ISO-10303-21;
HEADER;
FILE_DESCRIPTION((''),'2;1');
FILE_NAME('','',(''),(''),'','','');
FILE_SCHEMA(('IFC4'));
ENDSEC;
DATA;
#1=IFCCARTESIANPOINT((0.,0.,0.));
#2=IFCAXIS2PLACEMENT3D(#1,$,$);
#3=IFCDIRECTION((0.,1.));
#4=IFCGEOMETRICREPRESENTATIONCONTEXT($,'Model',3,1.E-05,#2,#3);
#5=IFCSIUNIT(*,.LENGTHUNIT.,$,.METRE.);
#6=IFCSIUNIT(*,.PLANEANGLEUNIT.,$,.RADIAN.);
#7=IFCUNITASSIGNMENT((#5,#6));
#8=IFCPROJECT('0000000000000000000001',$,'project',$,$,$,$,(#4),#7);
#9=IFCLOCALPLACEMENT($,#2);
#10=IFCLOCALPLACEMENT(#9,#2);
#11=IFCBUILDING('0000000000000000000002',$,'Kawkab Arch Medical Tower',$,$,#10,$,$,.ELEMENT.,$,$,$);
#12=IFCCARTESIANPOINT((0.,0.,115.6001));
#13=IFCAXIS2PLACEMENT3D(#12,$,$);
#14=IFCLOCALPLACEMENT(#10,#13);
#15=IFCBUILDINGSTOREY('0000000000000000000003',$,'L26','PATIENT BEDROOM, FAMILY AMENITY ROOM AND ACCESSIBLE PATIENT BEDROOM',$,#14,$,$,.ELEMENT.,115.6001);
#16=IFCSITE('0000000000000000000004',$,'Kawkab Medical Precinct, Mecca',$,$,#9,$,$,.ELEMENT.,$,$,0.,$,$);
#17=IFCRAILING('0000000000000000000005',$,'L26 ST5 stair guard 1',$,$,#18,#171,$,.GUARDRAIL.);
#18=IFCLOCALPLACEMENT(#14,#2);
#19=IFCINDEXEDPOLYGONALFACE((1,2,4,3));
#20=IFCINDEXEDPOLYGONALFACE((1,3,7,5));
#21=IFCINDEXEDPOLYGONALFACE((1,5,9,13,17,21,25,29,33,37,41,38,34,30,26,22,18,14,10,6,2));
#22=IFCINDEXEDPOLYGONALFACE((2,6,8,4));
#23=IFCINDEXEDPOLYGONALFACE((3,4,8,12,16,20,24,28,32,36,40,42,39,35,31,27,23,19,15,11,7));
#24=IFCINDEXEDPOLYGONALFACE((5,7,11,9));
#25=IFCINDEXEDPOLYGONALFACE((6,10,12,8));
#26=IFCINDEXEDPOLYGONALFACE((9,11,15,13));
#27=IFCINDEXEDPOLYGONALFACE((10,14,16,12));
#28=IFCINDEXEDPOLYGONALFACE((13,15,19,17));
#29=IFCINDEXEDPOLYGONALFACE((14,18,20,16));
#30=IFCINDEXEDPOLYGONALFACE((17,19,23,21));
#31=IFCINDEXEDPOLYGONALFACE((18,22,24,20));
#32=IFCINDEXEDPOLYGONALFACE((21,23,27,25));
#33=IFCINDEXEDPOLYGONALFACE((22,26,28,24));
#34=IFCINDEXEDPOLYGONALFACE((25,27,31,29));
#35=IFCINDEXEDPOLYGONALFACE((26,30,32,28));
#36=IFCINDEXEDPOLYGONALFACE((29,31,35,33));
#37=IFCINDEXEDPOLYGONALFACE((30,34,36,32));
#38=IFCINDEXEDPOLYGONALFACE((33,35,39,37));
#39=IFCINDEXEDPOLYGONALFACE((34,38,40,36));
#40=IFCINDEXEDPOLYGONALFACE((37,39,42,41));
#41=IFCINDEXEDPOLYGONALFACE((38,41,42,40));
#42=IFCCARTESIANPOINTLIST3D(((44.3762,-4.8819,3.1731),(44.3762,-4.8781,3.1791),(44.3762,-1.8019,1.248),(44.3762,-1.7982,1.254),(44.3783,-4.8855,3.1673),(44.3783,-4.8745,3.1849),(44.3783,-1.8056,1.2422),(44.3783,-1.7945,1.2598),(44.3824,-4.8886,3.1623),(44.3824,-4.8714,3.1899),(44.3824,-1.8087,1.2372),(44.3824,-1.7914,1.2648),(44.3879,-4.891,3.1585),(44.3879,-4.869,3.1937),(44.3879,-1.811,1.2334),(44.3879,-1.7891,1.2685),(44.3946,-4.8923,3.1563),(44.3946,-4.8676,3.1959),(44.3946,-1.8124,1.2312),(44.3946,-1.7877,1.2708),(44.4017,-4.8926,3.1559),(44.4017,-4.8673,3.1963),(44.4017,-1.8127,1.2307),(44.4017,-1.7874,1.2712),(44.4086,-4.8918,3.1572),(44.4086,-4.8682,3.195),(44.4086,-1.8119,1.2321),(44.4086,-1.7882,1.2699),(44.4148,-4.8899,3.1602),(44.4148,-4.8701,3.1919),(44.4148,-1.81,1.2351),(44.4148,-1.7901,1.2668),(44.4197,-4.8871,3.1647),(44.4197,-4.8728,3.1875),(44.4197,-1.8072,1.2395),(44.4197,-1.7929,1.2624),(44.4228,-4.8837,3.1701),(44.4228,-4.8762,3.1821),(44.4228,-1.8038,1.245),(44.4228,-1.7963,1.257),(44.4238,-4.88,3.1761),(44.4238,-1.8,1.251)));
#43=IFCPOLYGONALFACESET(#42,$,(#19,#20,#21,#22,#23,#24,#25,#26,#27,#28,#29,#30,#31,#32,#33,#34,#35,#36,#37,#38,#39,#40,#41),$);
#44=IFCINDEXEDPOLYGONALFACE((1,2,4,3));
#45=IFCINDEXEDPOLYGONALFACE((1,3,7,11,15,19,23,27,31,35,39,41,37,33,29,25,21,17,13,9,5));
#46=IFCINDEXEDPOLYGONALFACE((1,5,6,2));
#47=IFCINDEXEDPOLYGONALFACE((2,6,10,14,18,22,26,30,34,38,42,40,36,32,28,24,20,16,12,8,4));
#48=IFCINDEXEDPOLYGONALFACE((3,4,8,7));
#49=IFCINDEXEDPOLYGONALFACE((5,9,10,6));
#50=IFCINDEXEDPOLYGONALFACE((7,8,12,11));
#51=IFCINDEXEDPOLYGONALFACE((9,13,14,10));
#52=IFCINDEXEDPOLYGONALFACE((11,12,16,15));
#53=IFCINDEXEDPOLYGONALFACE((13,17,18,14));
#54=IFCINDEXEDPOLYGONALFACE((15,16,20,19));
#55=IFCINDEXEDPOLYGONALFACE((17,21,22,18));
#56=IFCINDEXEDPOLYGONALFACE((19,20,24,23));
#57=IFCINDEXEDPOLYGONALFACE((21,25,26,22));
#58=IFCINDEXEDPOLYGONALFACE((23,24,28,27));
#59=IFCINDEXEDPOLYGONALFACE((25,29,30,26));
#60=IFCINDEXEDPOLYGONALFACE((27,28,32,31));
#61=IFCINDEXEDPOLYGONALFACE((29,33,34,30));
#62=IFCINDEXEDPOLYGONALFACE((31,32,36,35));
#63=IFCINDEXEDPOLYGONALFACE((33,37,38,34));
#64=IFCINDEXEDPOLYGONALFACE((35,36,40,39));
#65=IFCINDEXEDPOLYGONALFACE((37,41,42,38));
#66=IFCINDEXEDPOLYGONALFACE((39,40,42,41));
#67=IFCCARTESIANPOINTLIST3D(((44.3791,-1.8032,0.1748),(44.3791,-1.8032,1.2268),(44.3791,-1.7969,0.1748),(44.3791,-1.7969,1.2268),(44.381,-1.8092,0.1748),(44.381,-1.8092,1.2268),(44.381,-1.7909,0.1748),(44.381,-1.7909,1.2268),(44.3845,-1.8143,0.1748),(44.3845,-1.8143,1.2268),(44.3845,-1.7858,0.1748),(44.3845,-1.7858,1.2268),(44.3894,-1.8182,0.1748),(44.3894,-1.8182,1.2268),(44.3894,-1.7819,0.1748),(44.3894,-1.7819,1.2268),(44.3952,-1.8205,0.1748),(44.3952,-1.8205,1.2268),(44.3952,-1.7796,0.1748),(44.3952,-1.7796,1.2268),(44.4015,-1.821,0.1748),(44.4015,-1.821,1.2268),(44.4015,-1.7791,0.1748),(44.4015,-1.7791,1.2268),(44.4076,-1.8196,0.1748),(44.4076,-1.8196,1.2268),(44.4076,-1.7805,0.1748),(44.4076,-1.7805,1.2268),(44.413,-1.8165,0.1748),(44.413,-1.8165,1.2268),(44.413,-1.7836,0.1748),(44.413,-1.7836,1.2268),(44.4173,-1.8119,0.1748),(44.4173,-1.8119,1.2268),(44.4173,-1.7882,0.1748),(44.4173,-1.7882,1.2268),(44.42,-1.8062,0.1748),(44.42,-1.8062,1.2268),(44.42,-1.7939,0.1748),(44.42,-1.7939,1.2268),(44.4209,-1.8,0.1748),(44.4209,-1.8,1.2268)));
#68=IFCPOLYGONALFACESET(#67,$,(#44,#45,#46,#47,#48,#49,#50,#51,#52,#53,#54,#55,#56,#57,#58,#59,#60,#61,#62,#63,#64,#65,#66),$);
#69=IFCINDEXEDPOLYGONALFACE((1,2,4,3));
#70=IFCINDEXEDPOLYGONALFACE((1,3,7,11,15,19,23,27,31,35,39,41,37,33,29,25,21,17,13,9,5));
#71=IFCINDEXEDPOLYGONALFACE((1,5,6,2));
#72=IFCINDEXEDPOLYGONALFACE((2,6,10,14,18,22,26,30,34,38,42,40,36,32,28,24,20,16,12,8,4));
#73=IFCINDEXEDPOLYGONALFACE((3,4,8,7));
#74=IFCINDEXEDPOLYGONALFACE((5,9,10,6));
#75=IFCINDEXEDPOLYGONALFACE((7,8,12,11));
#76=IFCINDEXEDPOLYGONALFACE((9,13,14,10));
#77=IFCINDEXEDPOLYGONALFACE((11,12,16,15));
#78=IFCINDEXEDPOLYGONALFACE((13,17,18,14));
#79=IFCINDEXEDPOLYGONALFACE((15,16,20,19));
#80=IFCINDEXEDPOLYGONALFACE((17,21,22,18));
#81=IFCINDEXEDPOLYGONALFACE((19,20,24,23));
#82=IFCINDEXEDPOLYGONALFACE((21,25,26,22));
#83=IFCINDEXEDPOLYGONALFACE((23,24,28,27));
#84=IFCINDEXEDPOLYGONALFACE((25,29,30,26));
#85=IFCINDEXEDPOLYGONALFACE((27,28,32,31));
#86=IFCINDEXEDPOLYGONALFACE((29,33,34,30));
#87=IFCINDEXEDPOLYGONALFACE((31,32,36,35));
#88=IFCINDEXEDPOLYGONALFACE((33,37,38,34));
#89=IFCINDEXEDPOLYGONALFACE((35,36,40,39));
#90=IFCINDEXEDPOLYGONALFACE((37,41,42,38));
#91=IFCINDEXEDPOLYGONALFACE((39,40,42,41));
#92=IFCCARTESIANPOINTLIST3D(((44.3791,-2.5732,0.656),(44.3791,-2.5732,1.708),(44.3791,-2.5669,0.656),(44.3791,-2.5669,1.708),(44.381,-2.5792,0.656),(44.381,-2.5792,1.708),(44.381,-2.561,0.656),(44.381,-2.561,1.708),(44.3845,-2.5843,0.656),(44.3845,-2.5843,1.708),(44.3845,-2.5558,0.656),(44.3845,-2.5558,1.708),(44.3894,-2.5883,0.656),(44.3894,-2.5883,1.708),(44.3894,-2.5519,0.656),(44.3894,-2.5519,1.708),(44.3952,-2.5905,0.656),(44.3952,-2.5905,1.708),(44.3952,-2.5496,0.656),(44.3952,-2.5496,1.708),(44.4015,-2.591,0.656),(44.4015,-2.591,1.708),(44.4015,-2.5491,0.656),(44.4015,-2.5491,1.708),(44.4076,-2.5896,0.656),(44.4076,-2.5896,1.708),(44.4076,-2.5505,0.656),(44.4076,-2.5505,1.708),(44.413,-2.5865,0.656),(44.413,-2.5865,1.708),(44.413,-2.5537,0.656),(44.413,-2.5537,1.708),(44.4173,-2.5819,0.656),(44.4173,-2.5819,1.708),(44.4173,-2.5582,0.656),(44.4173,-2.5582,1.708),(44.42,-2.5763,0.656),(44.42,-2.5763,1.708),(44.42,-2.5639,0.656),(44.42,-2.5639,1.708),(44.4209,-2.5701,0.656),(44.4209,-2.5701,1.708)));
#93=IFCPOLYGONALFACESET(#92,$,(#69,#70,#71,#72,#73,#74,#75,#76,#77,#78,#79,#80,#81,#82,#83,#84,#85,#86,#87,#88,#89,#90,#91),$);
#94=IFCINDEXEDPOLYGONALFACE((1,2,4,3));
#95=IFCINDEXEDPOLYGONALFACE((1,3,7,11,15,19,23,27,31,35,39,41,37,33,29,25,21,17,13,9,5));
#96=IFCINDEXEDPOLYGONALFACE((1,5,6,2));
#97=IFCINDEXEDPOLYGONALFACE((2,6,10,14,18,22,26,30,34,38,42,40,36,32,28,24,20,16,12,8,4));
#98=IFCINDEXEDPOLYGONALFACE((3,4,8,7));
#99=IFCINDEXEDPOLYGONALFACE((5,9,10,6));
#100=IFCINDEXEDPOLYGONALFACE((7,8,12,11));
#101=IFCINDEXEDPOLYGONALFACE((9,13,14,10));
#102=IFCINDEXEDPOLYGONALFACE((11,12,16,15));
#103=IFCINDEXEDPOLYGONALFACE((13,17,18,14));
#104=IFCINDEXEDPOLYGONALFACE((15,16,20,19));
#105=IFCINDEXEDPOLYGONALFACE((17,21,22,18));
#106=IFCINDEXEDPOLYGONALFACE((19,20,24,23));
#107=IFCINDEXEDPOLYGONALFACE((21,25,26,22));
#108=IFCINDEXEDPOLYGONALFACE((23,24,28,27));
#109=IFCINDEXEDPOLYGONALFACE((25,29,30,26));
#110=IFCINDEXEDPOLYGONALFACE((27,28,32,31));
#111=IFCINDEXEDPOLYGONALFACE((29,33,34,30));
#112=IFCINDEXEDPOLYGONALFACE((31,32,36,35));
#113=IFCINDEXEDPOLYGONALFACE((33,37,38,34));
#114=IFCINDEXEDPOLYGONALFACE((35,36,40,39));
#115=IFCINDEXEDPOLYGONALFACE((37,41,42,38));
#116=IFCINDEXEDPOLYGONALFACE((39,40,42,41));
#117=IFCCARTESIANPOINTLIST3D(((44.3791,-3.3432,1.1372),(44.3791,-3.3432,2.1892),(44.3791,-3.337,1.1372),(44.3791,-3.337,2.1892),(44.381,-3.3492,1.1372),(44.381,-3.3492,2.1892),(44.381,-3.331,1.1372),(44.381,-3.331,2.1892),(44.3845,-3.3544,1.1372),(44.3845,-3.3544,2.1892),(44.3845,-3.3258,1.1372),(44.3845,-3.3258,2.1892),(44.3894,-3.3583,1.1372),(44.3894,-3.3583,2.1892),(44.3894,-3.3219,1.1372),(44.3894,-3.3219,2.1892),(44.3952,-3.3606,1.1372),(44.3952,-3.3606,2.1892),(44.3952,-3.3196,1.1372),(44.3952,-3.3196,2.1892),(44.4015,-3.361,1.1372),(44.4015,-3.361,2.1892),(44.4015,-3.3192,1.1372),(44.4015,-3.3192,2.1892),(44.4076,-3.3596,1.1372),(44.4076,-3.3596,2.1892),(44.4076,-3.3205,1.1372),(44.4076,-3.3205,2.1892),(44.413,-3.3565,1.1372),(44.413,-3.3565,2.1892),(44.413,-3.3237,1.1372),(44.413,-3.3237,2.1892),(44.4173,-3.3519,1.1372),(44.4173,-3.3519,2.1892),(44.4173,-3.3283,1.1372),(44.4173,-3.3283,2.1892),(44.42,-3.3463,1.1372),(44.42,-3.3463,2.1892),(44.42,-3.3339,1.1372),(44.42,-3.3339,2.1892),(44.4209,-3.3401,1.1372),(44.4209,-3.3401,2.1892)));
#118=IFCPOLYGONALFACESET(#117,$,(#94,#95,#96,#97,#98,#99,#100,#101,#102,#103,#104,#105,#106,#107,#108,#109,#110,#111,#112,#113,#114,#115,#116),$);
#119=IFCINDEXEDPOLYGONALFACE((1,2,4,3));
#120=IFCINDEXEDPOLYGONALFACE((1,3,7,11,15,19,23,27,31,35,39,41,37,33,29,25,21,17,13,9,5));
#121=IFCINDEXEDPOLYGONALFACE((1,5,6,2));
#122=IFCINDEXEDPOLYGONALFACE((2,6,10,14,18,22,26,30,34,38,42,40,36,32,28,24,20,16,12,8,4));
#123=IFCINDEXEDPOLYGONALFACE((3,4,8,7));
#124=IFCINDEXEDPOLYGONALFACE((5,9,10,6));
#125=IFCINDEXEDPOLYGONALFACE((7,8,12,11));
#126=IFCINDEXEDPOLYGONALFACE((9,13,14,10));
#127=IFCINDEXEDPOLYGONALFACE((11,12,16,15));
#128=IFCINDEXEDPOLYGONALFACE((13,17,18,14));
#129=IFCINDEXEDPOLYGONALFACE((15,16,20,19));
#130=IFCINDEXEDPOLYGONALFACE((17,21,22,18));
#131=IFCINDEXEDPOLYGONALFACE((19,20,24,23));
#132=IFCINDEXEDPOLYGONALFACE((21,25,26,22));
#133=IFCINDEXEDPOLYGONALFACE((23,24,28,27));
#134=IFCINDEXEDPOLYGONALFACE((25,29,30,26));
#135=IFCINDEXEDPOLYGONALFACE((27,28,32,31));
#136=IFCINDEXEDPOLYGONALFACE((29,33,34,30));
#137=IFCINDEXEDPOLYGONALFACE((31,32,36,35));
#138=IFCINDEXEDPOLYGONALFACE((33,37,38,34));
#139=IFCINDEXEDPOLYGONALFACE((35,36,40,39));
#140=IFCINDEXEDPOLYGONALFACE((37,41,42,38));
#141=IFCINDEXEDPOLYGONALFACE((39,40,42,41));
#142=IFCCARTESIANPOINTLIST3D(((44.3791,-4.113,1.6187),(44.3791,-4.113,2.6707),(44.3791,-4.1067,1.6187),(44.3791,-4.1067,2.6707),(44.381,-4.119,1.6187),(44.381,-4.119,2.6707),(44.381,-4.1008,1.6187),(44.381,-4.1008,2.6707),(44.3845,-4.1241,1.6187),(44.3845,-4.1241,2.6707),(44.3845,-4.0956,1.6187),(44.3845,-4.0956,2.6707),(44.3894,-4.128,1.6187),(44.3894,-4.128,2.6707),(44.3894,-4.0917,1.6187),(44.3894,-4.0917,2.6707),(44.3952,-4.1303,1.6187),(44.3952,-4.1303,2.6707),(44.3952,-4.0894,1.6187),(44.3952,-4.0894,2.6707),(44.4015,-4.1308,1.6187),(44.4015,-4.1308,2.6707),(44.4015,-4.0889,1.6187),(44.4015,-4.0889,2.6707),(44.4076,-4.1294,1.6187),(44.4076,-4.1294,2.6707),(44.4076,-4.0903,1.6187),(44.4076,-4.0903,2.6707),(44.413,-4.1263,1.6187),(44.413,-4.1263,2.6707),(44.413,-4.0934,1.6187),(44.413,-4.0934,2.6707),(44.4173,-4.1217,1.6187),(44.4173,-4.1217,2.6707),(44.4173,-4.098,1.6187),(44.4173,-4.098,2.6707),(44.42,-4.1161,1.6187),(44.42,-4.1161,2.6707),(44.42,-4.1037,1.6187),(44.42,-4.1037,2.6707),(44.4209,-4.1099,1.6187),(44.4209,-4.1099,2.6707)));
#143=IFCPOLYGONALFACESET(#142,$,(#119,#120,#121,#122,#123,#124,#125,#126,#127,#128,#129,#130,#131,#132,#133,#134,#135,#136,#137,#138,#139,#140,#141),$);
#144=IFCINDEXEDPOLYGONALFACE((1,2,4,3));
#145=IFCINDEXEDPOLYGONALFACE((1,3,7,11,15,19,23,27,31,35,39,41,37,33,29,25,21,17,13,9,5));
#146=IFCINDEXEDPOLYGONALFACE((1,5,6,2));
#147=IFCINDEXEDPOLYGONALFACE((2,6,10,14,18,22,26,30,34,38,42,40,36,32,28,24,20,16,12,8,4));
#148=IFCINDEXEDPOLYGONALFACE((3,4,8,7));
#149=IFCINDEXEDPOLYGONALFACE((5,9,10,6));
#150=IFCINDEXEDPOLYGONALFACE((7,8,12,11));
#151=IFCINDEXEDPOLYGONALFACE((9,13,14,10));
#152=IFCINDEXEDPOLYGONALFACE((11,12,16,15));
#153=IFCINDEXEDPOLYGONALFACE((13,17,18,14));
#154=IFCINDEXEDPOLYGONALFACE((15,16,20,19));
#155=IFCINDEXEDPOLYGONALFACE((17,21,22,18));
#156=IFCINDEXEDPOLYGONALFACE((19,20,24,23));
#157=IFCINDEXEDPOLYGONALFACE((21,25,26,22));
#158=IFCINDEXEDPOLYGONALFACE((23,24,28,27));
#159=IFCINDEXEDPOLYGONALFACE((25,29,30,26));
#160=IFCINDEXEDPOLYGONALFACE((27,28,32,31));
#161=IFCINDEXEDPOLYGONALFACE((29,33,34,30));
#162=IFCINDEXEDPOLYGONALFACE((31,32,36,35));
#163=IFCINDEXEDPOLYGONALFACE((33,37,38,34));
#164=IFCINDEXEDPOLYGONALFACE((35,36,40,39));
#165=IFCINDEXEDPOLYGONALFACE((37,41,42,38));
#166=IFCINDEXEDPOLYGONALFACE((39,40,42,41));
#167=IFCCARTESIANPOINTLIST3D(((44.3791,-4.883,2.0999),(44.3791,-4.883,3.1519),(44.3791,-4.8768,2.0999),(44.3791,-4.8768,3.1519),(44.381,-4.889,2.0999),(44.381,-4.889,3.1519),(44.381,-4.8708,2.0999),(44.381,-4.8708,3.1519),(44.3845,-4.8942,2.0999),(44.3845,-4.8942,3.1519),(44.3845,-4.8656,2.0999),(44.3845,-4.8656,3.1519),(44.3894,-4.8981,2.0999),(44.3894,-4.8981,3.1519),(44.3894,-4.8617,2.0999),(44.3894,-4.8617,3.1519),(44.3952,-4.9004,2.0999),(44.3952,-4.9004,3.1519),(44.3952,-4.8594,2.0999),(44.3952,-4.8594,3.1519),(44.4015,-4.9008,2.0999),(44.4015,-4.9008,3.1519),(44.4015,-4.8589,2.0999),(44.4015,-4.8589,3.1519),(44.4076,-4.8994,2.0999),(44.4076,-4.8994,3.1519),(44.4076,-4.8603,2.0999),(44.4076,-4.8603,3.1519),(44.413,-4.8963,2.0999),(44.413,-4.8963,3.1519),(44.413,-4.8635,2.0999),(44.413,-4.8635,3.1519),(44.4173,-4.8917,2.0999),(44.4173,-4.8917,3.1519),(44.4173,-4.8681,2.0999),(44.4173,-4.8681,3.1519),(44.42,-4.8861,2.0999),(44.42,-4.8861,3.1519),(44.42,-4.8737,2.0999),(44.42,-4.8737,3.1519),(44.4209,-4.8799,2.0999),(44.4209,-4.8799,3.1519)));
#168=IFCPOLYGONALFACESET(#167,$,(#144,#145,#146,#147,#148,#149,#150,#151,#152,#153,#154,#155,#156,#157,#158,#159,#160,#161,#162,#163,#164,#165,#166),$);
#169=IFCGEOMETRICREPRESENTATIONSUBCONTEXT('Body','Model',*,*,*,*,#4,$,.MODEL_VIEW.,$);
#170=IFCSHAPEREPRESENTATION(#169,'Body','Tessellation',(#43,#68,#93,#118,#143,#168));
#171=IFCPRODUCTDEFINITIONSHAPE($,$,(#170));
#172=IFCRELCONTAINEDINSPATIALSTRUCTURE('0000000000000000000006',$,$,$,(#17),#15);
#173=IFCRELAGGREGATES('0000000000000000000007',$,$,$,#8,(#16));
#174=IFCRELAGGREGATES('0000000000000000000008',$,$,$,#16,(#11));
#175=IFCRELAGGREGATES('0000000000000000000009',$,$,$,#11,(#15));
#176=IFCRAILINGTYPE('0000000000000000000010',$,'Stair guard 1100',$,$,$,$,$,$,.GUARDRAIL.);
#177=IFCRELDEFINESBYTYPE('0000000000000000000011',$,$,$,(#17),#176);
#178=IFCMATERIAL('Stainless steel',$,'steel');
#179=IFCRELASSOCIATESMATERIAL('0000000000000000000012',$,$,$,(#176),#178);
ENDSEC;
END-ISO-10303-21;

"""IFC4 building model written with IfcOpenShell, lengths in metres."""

from ifc_helpers import new_model, si_unit, direction, frame, origin, origin_2d, place, context, subcontext, project, spatial, circle, extrude, material, type_object, element, save


model = new_model("IFC4")

# Units and contexts
model_context = context("Model", 3, precision=1e-05, world=origin(), true_north=direction((0.0, 1.0)))
body_context = subcontext(model_context, "Body", "Model", "MODEL_VIEW")
ifc_project = project(units=[si_unit("LENGTHUNIT", "METRE"), si_unit("PLANEANGLEUNIT", "RADIAN")], contexts=[model_context])

# Site, building, storey
site_placement = place(None, origin())
site = spatial("IfcSite", under=ifc_project, at=site_placement, Name="Kawkab Medical Precinct, Mecca", CompositionType="ELEMENT", RefElevation=0.0)
building_placement = place(site_placement, origin())
building = spatial("IfcBuilding", under=site, at=building_placement, Name="Kawkab Arch Medical Tower", CompositionType="ELEMENT")
storey_placement = place(building_placement, frame((0.0, 0.0, 115.6001)))
storey = spatial("IfcBuildingStorey", under=building, at=storey_placement, Name="L26", Description="PATIENT BEDROOM, FAMILY AMENITY ROOM AND ACCESSIBLE PATIENT BEDROOM", CompositionType="ELEMENT", Elevation=115.6001)

# Railing
ifc_material_1 = material(Name="Stainless steel", Category="steel")
railing_type = type_object("IfcRailingType", Name="Stair guard 1100", PredefinedType="GUARDRAIL", material=ifc_material_1)
railing_1_placement = place(storey_placement, frame((44.3999, -1.8, 0.1748)))
element("IfcRailing", 1, at=railing_1_placement, inside=storey, type_object=railing_type, Name="L26 ST5 stair guard 1", PredefinedType="GUARDRAIL", context=body_context, shape_type="SweptSolid", body=[
    extrude(circle(Radius=0.0239, at=origin_2d()), frame((0.0, 0.0, 1.0762), z_axis=(0.0, -0.847979, 0.530029), x_axis=(1.0, 0.0, 0.0)), (0.0, 0.0, 1.0), 3.6321),
    extrude(circle(Radius=0.021, at=origin_2d()), origin(), (0.0, 0.0, 1.0), 1.052),
    extrude(circle(Radius=0.021, at=origin_2d()), frame((0.0, -0.77, 0.4812)), (0.0, 0.0, 1.0), 1.052),
    extrude(circle(Radius=0.021, at=origin_2d()), frame((0.0, -1.54, 0.9624)), (0.0, 0.0, 1.0), 1.052),
    extrude(circle(Radius=0.021, at=origin_2d()), frame((0.0, -2.3098, 1.4438)), (0.0, 0.0, 1.0), 1.052),
    extrude(circle(Radius=0.021, at=origin_2d()), frame((0.0, -3.0798, 1.925)), (0.0, 0.0, 1.0), 1.052),
])

save(model, "model.ifc")
